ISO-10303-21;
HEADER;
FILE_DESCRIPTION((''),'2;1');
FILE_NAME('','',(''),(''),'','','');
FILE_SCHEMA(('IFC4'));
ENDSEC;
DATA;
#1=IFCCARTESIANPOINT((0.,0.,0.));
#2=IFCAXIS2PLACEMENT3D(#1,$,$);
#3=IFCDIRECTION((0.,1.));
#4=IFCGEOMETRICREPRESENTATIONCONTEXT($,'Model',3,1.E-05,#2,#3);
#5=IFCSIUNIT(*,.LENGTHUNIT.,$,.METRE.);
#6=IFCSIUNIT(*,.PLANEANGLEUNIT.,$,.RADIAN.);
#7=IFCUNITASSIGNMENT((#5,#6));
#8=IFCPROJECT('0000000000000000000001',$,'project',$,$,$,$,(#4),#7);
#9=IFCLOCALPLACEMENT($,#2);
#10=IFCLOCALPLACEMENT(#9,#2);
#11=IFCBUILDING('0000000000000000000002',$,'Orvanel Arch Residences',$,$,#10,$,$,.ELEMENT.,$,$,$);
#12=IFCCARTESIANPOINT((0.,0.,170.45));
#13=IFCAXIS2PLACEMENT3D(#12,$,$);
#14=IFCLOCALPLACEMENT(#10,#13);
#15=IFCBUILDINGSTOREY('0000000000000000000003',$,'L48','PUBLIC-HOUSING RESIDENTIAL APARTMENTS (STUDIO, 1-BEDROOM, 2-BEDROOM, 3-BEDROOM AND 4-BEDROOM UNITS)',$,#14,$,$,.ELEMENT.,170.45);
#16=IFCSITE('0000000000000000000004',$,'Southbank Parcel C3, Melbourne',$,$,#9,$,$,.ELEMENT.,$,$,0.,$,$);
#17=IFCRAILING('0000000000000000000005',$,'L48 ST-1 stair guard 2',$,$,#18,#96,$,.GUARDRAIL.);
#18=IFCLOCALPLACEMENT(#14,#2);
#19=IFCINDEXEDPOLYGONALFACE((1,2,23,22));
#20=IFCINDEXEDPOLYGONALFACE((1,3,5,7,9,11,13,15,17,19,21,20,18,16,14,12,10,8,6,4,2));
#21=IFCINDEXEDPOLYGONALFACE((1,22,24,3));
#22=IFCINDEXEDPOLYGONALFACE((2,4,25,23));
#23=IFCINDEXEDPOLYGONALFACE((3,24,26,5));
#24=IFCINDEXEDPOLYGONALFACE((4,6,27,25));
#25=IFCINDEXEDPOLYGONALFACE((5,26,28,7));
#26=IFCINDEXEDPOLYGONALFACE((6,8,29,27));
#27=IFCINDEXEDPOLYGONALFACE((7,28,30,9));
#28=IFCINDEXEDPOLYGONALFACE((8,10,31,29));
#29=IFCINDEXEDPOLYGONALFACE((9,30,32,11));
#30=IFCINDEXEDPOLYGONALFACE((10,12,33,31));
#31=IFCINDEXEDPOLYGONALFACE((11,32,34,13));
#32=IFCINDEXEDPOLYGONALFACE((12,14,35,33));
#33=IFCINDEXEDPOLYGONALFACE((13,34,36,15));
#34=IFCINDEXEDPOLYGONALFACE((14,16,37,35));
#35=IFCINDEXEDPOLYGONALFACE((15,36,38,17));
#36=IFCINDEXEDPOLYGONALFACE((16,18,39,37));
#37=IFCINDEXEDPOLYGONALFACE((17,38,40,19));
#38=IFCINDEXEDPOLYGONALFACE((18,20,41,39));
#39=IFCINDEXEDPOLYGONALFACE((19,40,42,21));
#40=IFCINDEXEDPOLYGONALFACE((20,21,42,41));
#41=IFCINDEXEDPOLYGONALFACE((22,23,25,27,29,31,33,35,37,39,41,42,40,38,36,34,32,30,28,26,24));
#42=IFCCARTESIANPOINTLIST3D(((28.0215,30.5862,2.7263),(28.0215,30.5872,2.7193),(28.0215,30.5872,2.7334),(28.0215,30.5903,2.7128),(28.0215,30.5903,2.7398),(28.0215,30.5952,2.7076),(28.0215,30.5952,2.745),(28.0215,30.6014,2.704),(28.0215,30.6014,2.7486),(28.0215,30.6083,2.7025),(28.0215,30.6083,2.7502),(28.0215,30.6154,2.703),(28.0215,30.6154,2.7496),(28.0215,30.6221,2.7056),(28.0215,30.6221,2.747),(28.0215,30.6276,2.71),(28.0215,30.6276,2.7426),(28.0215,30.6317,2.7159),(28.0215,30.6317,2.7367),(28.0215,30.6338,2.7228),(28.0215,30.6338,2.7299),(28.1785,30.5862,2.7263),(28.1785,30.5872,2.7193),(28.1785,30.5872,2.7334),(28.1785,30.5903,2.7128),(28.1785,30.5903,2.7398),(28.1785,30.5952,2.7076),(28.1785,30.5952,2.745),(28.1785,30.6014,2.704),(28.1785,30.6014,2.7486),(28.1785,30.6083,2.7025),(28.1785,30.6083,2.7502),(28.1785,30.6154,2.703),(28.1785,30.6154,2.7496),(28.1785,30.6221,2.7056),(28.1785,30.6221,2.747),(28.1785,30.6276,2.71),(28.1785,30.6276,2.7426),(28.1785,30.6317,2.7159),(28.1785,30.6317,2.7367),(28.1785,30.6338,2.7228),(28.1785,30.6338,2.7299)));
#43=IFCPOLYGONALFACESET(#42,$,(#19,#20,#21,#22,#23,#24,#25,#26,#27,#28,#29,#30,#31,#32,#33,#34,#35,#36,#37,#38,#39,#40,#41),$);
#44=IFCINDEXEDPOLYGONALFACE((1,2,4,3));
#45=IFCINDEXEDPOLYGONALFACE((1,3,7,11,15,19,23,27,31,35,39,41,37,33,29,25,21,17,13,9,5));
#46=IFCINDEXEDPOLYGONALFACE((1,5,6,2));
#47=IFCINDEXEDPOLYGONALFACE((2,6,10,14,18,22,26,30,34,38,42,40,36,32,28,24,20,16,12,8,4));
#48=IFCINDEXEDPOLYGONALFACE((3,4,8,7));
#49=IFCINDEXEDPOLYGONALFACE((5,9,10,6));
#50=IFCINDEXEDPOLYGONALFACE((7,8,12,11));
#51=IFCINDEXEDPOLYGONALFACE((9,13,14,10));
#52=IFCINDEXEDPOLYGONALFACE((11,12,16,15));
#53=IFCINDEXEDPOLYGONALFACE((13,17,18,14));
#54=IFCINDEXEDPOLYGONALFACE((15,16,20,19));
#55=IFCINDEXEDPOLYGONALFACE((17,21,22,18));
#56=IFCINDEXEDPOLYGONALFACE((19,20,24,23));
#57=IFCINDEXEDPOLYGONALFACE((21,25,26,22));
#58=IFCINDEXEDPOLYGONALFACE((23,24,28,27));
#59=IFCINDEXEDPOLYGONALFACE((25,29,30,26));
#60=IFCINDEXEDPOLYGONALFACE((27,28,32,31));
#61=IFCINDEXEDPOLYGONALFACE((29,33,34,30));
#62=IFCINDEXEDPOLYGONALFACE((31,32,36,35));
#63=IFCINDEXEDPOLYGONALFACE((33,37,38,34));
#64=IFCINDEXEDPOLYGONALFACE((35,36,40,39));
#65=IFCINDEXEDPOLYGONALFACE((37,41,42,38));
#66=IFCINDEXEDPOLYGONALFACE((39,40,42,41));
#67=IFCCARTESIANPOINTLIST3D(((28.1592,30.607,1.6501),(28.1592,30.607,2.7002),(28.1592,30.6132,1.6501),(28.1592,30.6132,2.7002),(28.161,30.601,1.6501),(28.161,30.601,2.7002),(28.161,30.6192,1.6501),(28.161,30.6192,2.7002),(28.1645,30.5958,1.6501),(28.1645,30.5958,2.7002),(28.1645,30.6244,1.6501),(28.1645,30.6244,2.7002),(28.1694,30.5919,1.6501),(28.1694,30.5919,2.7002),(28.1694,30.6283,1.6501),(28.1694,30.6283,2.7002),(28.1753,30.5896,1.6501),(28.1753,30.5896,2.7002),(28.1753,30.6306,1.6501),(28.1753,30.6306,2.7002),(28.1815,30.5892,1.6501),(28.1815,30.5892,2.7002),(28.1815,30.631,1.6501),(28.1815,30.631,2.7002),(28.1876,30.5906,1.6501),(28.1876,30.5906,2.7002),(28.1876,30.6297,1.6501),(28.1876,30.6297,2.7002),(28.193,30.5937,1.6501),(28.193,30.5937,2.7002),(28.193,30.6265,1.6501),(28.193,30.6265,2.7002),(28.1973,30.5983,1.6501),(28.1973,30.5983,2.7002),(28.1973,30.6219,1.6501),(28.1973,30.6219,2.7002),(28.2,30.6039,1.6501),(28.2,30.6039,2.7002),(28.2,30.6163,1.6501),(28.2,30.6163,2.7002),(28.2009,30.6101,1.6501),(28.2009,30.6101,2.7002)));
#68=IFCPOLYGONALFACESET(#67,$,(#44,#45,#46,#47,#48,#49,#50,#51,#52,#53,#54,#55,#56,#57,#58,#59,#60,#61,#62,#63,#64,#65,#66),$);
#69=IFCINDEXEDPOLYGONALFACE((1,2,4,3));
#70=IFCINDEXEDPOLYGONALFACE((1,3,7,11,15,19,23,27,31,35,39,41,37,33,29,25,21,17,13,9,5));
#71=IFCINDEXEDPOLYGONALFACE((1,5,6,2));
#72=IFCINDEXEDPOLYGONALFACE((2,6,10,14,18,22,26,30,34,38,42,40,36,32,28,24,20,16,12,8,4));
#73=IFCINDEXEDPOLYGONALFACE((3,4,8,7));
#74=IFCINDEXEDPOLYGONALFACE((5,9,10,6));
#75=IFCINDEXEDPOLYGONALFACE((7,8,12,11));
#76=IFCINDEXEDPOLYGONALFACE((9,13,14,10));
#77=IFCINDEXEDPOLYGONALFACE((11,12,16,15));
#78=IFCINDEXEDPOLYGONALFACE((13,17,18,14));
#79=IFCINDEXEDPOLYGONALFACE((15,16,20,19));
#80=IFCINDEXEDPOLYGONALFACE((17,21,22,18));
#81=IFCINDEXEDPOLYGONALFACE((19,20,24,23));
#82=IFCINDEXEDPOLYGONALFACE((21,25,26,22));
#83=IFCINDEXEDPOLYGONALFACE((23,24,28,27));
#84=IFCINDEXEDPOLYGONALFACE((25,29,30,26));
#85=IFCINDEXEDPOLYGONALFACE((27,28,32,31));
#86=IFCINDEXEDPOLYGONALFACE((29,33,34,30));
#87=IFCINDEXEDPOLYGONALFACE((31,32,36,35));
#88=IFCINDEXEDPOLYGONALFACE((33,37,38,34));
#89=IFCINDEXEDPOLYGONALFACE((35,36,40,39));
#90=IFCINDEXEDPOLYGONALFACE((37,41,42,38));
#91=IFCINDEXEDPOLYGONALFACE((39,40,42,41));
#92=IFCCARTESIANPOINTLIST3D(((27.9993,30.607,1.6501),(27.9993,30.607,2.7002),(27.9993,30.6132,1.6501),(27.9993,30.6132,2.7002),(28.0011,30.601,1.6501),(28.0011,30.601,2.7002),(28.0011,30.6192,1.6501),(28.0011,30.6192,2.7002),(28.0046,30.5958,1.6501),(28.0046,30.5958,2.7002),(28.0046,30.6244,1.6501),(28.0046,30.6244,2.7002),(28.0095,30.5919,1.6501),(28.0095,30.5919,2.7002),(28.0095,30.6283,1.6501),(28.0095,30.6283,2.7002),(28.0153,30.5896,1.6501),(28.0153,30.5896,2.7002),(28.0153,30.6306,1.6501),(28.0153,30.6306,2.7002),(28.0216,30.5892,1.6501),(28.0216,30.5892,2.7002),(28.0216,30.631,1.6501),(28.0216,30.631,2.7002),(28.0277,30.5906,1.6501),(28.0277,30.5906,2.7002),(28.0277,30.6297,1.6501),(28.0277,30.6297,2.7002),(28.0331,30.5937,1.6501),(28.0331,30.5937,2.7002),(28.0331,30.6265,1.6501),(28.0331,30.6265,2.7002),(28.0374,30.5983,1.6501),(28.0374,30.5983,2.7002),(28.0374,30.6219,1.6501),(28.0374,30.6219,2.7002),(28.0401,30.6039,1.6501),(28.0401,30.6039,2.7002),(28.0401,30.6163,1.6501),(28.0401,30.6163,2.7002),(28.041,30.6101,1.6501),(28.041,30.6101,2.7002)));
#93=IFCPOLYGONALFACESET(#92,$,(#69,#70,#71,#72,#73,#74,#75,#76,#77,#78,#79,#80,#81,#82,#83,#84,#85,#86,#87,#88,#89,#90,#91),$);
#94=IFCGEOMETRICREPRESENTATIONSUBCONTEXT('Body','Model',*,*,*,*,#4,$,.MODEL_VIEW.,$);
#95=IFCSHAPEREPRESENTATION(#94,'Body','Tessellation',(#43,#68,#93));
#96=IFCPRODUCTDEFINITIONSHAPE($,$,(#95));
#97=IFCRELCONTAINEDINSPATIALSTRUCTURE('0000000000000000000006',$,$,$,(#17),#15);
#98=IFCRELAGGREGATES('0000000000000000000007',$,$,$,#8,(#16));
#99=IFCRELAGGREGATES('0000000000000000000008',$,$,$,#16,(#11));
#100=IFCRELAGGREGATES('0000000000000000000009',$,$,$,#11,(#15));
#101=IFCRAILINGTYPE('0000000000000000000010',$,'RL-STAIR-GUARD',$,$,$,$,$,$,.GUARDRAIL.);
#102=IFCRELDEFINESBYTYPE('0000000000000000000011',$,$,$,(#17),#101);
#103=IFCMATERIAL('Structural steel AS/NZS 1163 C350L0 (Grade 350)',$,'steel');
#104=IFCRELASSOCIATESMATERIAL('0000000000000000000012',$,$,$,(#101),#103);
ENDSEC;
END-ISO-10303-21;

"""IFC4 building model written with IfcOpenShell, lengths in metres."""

from ifc_helpers import new_model, si_unit, direction, frame, origin, origin_2d, place, context, subcontext, project, spatial, circle, extrude, material, type_object, element, save


model = new_model("IFC4")

# Units and contexts
model_context = context("Model", 3, precision=1e-05, world=origin(), true_north=direction((0.0, 1.0)))
body_context = subcontext(model_context, "Body", "Model", "MODEL_VIEW")
ifc_project = project(units=[si_unit("LENGTHUNIT", "METRE"), si_unit("PLANEANGLEUNIT", "RADIAN")], contexts=[model_context])

# Site, building, storey
site_placement = place(None, origin())
site = spatial("IfcSite", under=ifc_project, at=site_placement, Name="Southbank Parcel C3, Melbourne", CompositionType="ELEMENT", RefElevation=0.0)
building_placement = place(site_placement, origin())
building = spatial("IfcBuilding", under=site, at=building_placement, Name="Orvanel Arch Residences", CompositionType="ELEMENT")
storey_placement = place(building_placement, frame((0.0, 0.0, 170.45)))
storey = spatial("IfcBuildingStorey", under=building, at=storey_placement, Name="L48", Description="PUBLIC-HOUSING RESIDENTIAL APARTMENTS (STUDIO, 1-BEDROOM, 2-BEDROOM, 3-BEDROOM AND 4-BEDROOM UNITS)", CompositionType="ELEMENT", Elevation=170.45)

# Railing
ifc_material_1 = material(Name="Structural steel AS/NZS 1163 C350L0 (Grade 350)", Category="steel")
railing_type_1 = type_object("IfcRailingType", Name="RL-STAIR-GUARD", PredefinedType="GUARDRAIL", material=ifc_material_1)
railing_1_placement = place(storey_placement, frame((28.1799, 30.6101, 1.6501)))
element("IfcRailing", 1, at=railing_1_placement, inside=storey, type_object=railing_type_1, Name="L48 ST-1 stair guard 2", PredefinedType="GUARDRAIL", context=body_context, shape_type="SweptSolid", body=[
    extrude(circle(Radius=0.0239, at=origin_2d()), frame((-0.0015, 0.0, 1.0762), z_axis=(-1.0, 0.0, 0.0), x_axis=(0.0, -1.0, 0.0)), (0.0, 0.0, 1.0), 0.157),
    extrude(circle(Radius=0.021, at=origin_2d()), origin(), (0.0, 0.0, 1.0), 1.05),
    extrude(circle(Radius=0.021, at=origin_2d()), frame((-0.1599, 0.0, 0.0)), (0.0, 0.0, 1.0), 1.05),
])

save(model, "model.ifc")
